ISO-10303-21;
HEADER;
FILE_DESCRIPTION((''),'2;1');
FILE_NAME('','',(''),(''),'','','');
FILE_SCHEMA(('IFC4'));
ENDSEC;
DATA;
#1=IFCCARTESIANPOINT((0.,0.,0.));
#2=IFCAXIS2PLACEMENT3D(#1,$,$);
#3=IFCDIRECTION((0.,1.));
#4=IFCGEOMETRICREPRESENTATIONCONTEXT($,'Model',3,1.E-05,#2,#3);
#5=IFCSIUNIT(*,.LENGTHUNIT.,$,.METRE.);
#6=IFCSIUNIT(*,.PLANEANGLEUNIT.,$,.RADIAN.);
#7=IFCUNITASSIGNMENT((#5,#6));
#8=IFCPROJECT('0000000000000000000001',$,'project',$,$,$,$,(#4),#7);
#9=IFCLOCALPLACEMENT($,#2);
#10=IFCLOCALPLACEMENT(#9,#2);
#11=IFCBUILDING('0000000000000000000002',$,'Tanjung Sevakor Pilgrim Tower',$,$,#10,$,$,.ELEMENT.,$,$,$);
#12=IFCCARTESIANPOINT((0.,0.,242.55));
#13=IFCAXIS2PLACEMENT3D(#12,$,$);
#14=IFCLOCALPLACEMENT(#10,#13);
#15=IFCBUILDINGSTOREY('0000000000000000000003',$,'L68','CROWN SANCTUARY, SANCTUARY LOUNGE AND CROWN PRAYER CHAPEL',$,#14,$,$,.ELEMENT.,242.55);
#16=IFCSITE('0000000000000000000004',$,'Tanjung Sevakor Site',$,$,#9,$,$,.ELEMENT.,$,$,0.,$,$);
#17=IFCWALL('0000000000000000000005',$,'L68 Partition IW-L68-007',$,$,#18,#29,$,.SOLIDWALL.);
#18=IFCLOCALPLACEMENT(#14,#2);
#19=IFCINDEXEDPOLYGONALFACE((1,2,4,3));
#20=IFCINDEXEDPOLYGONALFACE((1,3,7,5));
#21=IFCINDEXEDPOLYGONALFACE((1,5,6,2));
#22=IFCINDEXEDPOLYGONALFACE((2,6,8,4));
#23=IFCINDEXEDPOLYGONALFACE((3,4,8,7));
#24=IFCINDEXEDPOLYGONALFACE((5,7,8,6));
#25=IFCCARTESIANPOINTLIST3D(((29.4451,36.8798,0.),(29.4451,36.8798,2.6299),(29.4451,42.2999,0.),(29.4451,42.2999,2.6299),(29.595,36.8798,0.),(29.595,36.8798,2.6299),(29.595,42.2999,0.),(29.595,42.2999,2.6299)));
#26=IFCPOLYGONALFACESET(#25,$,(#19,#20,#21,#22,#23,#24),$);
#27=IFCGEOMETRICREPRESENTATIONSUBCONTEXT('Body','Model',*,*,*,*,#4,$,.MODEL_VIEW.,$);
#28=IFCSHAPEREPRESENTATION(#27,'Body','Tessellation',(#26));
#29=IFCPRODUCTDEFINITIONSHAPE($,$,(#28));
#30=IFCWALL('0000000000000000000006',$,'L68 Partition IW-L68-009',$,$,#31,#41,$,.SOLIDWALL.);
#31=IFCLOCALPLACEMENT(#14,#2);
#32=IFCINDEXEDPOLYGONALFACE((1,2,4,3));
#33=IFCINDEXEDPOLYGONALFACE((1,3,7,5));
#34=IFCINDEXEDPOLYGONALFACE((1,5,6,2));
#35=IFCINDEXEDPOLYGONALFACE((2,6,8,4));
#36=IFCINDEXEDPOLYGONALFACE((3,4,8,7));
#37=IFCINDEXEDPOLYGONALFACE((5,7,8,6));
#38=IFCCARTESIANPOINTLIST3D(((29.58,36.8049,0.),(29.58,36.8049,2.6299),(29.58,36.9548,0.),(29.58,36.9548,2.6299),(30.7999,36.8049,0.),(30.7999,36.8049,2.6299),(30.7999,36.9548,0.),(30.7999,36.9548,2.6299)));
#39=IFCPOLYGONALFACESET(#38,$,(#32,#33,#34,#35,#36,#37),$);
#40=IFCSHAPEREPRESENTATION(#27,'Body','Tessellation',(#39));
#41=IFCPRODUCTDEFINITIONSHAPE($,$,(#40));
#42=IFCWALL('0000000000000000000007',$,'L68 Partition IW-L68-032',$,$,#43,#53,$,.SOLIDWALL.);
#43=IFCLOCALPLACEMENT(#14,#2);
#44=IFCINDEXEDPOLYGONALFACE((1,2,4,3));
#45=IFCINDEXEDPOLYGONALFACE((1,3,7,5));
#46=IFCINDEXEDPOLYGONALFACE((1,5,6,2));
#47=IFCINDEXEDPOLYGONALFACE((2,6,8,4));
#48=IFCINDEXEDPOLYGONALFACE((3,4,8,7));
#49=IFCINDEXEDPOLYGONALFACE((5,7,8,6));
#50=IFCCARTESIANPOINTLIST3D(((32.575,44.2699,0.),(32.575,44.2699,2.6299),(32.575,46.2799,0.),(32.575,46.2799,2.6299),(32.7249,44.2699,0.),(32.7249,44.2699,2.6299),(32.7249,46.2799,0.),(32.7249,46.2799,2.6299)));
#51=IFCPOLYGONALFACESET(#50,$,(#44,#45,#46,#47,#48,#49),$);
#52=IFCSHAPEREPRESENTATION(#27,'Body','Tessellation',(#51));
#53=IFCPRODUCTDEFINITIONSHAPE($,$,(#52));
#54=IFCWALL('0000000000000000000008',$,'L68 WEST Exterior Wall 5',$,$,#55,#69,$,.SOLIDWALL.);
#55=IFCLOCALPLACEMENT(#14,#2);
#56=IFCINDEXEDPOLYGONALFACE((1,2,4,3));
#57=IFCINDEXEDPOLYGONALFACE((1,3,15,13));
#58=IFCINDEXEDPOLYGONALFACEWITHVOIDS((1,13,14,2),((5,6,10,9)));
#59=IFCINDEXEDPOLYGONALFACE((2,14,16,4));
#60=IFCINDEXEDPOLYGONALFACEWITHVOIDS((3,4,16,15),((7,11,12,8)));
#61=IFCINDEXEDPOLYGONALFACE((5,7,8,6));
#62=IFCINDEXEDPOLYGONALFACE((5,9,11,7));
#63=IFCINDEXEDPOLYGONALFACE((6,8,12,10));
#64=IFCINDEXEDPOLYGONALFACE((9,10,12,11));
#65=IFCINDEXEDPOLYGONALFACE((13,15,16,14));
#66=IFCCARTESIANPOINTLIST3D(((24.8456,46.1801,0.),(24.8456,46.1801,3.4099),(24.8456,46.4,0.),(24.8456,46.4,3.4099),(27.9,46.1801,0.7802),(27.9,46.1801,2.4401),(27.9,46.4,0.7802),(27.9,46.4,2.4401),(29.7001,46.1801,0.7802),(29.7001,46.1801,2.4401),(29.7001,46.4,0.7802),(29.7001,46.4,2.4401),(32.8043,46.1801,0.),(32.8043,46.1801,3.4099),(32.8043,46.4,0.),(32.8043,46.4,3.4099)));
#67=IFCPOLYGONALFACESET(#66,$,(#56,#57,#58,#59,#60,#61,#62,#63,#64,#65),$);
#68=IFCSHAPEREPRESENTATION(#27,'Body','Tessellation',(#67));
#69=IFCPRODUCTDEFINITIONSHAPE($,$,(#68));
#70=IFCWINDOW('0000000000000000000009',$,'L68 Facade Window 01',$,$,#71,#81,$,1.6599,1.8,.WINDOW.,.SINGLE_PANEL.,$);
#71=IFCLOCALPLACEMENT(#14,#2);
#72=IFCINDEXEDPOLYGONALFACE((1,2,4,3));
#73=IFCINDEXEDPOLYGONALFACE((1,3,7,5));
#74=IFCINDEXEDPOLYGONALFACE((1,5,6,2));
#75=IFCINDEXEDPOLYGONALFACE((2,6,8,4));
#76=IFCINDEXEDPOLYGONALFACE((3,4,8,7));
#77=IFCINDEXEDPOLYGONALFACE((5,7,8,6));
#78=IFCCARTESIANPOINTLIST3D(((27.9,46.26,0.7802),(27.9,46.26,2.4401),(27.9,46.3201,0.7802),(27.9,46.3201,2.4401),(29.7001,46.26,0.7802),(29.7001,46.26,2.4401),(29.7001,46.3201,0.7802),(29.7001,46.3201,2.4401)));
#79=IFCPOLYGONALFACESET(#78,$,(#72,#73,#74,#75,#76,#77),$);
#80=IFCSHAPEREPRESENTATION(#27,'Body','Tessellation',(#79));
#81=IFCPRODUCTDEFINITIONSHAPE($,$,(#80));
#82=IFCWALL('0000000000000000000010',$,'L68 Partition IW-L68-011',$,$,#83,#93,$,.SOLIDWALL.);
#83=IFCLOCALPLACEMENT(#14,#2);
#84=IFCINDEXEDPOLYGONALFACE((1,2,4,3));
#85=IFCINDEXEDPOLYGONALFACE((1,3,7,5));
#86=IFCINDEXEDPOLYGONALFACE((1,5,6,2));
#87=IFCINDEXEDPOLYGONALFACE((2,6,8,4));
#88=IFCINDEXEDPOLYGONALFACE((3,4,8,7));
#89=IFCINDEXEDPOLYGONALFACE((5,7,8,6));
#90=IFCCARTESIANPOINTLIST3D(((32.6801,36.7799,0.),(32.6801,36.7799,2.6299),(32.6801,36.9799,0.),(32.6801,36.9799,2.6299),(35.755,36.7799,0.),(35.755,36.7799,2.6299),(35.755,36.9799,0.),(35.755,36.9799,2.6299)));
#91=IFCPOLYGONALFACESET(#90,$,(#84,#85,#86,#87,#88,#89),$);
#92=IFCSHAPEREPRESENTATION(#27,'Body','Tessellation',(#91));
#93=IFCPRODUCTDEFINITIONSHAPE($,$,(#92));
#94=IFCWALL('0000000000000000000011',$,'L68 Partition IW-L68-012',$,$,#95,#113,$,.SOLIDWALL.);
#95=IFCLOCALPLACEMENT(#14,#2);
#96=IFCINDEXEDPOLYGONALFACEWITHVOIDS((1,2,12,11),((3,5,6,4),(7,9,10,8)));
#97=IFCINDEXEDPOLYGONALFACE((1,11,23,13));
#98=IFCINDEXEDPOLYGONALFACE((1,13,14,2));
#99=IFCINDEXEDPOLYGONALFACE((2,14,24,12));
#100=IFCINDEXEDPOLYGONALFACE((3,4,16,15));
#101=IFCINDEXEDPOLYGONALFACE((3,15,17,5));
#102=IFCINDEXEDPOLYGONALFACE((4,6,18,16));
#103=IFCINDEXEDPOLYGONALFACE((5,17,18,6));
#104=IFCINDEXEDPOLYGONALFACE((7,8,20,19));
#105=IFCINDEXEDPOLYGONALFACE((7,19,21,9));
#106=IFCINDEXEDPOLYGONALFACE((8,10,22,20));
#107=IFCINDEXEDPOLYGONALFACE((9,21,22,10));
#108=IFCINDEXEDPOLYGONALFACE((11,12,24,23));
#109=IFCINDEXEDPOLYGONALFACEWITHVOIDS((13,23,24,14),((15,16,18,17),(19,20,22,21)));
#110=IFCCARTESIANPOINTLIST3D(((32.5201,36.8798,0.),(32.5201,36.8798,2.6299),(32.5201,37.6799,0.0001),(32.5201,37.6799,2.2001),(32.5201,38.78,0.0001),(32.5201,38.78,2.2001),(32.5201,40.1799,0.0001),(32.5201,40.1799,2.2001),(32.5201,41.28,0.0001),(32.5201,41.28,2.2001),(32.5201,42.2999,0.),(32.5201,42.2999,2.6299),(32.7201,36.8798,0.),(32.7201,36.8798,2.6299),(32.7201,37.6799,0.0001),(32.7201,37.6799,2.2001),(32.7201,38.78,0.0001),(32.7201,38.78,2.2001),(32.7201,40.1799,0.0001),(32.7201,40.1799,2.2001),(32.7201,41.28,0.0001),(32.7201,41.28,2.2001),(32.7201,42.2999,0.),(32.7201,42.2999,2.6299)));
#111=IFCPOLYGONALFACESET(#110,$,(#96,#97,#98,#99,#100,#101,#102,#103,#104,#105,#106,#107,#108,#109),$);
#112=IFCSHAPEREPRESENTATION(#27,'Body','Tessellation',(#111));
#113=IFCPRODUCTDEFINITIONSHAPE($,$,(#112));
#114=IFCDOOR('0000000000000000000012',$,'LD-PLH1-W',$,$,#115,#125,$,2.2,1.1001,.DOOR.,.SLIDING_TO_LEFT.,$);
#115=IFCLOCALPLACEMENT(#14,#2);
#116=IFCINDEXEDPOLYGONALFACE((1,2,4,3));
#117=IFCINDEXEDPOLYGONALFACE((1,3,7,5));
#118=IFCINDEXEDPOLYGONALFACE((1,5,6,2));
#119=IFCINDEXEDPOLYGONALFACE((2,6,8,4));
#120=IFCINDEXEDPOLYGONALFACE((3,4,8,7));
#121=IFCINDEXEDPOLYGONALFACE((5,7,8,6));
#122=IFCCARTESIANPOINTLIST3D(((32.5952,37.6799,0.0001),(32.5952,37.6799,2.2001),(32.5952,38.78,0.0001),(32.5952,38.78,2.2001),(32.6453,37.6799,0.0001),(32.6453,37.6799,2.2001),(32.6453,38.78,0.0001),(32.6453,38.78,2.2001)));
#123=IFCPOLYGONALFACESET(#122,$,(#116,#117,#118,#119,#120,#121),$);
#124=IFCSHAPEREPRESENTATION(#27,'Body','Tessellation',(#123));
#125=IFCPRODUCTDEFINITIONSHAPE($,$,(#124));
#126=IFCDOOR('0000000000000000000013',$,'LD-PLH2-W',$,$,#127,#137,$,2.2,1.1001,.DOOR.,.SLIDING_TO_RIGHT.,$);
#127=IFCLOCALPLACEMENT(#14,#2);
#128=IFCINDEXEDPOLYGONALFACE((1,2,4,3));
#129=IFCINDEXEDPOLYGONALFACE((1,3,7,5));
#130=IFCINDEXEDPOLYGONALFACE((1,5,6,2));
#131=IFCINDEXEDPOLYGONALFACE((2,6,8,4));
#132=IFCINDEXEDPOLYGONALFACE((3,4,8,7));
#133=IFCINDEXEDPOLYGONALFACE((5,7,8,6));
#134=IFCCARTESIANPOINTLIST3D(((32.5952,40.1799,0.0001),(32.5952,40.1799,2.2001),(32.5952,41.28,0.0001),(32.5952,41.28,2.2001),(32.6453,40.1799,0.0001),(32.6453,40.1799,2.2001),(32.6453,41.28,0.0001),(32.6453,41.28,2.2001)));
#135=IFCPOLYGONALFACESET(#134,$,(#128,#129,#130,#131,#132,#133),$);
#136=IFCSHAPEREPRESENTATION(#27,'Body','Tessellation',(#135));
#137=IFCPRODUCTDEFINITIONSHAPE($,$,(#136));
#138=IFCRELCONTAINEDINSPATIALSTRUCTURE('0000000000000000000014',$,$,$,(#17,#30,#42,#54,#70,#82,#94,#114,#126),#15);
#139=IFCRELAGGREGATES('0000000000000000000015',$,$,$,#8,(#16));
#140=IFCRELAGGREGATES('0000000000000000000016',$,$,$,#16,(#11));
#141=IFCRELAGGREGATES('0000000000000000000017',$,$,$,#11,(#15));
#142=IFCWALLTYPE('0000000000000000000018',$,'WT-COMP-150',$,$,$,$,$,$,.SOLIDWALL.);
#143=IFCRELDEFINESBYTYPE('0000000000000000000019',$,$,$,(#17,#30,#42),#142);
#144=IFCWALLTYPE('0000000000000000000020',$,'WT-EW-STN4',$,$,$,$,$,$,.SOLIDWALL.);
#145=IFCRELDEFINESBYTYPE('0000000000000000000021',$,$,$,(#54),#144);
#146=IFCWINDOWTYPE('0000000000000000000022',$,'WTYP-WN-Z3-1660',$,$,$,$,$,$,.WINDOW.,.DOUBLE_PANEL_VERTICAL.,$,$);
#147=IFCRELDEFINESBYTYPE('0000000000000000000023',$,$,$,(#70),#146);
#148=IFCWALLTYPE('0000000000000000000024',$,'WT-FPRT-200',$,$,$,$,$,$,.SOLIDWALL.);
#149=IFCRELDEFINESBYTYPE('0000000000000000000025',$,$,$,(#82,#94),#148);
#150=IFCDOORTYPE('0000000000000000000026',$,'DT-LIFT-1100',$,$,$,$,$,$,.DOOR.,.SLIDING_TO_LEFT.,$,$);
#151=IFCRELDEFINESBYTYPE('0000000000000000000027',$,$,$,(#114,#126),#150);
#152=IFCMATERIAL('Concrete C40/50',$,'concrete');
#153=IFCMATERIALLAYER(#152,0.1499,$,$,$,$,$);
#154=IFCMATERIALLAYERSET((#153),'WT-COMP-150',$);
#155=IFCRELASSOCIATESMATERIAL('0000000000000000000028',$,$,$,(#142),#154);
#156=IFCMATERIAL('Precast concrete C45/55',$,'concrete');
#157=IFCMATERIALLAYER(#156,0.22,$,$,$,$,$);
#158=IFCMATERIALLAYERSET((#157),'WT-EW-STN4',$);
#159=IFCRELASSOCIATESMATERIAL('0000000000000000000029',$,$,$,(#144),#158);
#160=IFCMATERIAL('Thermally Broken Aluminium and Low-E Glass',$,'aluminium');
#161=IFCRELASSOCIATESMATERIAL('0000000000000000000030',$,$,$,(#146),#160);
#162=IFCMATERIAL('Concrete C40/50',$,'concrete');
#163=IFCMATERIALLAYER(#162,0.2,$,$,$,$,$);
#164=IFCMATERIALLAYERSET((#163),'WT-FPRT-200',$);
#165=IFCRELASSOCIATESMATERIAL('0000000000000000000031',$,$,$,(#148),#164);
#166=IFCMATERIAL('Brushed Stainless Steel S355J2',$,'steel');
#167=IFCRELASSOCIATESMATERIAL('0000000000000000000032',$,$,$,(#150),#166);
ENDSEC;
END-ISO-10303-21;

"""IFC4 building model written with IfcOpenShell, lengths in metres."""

from ifc_helpers import new_model, si_unit, direction, frame, frame_2d, origin, place, context, subcontext, project, spatial, rectangle, extrude, material, layer, layer_set, type_object, element, fill, save


model = new_model("IFC4")

# Units and contexts
model_context = context("Model", 3, precision=1e-05, world=origin(), true_north=direction((0.0, 1.0)))
body_context = subcontext(model_context, "Body", "Model", "MODEL_VIEW")
ifc_project = project(units=[si_unit("LENGTHUNIT", "METRE"), si_unit("PLANEANGLEUNIT", "RADIAN")], contexts=[model_context])

# Site, building, storey
site_placement = place(None, origin())
site = spatial("IfcSite", under=ifc_project, at=site_placement, Name="Tanjung Sevakor Site", CompositionType="ELEMENT", RefElevation=0.0)
building_placement = place(site_placement, origin())
building = spatial("IfcBuilding", under=site, at=building_placement, Name="Tanjung Sevakor Pilgrim Tower", CompositionType="ELEMENT")
storey_placement = place(building_placement, frame((0.0, 0.0, 242.55)))
storey = spatial("IfcBuildingStorey", under=building, at=storey_placement, Name="L68", Description="CROWN SANCTUARY, SANCTUARY LOUNGE AND CROWN PRAYER CHAPEL", CompositionType="ELEMENT", Elevation=242.55)

# Walls
ifc_material_1 = material(Name="Concrete C40/50", Category="concrete")
ifc_layer_1 = layer(ifc_material_1, 0.1499)
ifc_layer_set_1 = layer_set([ifc_layer_1], Name="WT-COMP-150")
wall_type_1 = type_object("IfcWallType", Name="WT-COMP-150", PredefinedType="SOLIDWALL", material=ifc_layer_set_1)
wall_1_placement = place(storey_placement, frame((29.52, 36.8799, 0.0), z_axis=(0.0, 0.0, 1.0), x_axis=(0.0, 1.0, 0.0)))
element("IfcWall", 1, at=wall_1_placement, inside=storey, type_object=wall_type_1, Name="L68 Partition IW-L68-007", PredefinedType="SOLIDWALL", context=body_context, shape_type="SweptSolid", body=[
    extrude(rectangle(XDim=5.4202, YDim=0.1499, at=frame_2d((2.71, 0.0))), origin(), (0.0, 0.0, 1.0), 2.6299),
])
wall_2_placement = place(storey_placement, frame((29.5801, 36.8799, 0.0), z_axis=(0.0, 0.0, 1.0), x_axis=(1.0, 0.0, 0.0)))
element("IfcWall", 2, at=wall_2_placement, inside=storey, type_object=wall_type_1, Name="L68 Partition IW-L68-009", PredefinedType="SOLIDWALL", context=body_context, shape_type="SweptSolid", body=[
    extrude(rectangle(XDim=1.22, YDim=0.1499, at=frame_2d((0.6099, 0.0))), origin(), (0.0, 0.0, 1.0), 2.6299),
])

# Wall
wall_3_placement = place(storey_placement, frame((32.6499, 44.27, 0.0), z_axis=(0.0, 0.0, 1.0), x_axis=(0.0, 1.0, 0.0)))
element("IfcWall", 3, at=wall_3_placement, inside=storey, type_object=wall_type_1, Name="L68 Partition IW-L68-032", PredefinedType="SOLIDWALL", context=body_context, shape_type="SweptSolid", body=[
    extrude(rectangle(XDim=2.01, YDim=0.1499, at=frame_2d((1.0049, 0.0))), origin(), (0.0, 0.0, 1.0), 2.6299),
])

# Wall, opening, window
ifc_material_2 = material(Name="Precast concrete C45/55", Category="concrete")
ifc_layer_2 = layer(ifc_material_2, 0.22)
ifc_layer_set_2 = layer_set([ifc_layer_2], Name="WT-EW-STN4")
wall_type_2 = type_object("IfcWallType", Name="WT-EW-STN4", PredefinedType="SOLIDWALL", material=ifc_layer_set_2)
wall_4_placement = place(storey_placement, frame((32.8044, 46.29, 0.0), z_axis=(0.0, 0.0, 1.0), x_axis=(-1.0, 0.0, 0.0)))
wall_4 = element("IfcWall", 4, at=wall_4_placement, inside=storey, type_object=wall_type_2, Name="L68 WEST Exterior Wall 5", PredefinedType="SOLIDWALL", context=body_context, shape_type="SweptSolid", body=[
    extrude(rectangle(XDim=7.9587, YDim=0.22, at=frame_2d((3.9795, 0.0))), origin(), (0.0, 0.0, 1.0), 3.4099),
])
opening_1_placement = place(wall_4_placement, frame((3.1045, 0.0, 0.78)))
opening_1 = element("IfcOpeningElement", 5, at=opening_1_placement, cuts=wall_4, PredefinedType="OPENING", context=body_context, shape_type="SweptSolid", body=[
    extrude(rectangle(XDim=1.8, YDim=1.6599, at=frame_2d((0.8999, 0.8301))), frame((0.0, 0.1199, 0.0), z_axis=(0.0, -1.0, 0.0), x_axis=(1.0, 0.0, 0.0)), (0.0, 0.0, 1.0), 0.24),
])
ifc_material_3 = material(Name="Thermally Broken Aluminium and Low-E Glass", Category="aluminium")
window_type = type_object("IfcWindowType", Name="WTYP-WN-Z3-1660", PartitioningType="DOUBLE_PANEL_VERTICAL", PredefinedType="WINDOW", material=ifc_material_3)
window_placement = place(opening_1_placement, origin())
window = element("IfcWindow", 6, at=window_placement, inside=storey, type_object=window_type, Name="L68 Facade Window 01", OverallHeight=1.6599, OverallWidth=1.8, PartitioningType="SINGLE_PANEL", PredefinedType="WINDOW", context=body_context, shape_type="SweptSolid", body=[
    extrude(rectangle(XDim=1.8, YDim=1.6599, at=frame_2d((0.8999, 0.8301))), frame((0.0, 0.03, 0.0), z_axis=(0.0, -1.0, 0.0), x_axis=(1.0, 0.0, 0.0)), (0.0, 0.0, 1.0), 0.0601),
])
fill(opening_1, window)

# Wall
ifc_material_4 = material(Name="Concrete C40/50", Category="concrete")
ifc_layer_3 = layer(ifc_material_4, 0.2)
ifc_layer_set_3 = layer_set([ifc_layer_3], Name="WT-FPRT-200")
wall_type_3 = type_object("IfcWallType", Name="WT-FPRT-200", PredefinedType="SOLIDWALL", material=ifc_layer_set_3)
wall_5_placement = place(storey_placement, frame((32.6799, 36.8799, 0.0), z_axis=(0.0, 0.0, 1.0), x_axis=(1.0, 0.0, 0.0)))
element("IfcWall", 7, at=wall_5_placement, inside=storey, type_object=wall_type_3, Name="L68 Partition IW-L68-011", PredefinedType="SOLIDWALL", context=body_context, shape_type="SweptSolid", body=[
    extrude(rectangle(XDim=3.075, YDim=0.2, at=frame_2d((1.5376, 0.0))), origin(), (0.0, 0.0, 1.0), 2.6299),
])

# Wall, openings, doors
wall_6_placement = place(storey_placement, frame((32.6201, 36.8799, 0.0), z_axis=(0.0, 0.0, 1.0), x_axis=(0.0, 1.0, 0.0)))
wall_6 = element("IfcWall", 8, at=wall_6_placement, inside=storey, type_object=wall_type_3, Name="L68 Partition IW-L68-012", PredefinedType="SOLIDWALL", context=body_context, shape_type="SweptSolid", body=[
    extrude(rectangle(XDim=5.4202, YDim=0.2, at=frame_2d((2.71, 0.0))), origin(), (0.0, 0.0, 1.0), 2.6299),
])
opening_2_placement = place(wall_6_placement, frame((0.8, 0.0, 0.0)))
opening_2 = element("IfcOpeningElement", 9, at=opening_2_placement, cuts=wall_6, PredefinedType="OPENING", context=body_context, shape_type="SweptSolid", body=[
    extrude(rectangle(XDim=1.1001, YDim=2.2, at=frame_2d((0.55, 1.1001))), frame((0.0, 0.1099, 0.0), z_axis=(0.0, -1.0, 0.0), x_axis=(1.0, 0.0, 0.0)), (0.0, 0.0, 1.0), 0.22),
])
opening_3_placement = place(wall_6_placement, frame((3.3, 0.0, 0.0)))
opening_3 = element("IfcOpeningElement", 10, at=opening_3_placement, cuts=wall_6, PredefinedType="OPENING", context=body_context, shape_type="SweptSolid", body=[
    extrude(rectangle(XDim=1.1001, YDim=2.2, at=frame_2d((0.55, 1.1001))), frame((0.0, 0.1099, 0.0), z_axis=(0.0, -1.0, 0.0), x_axis=(1.0, 0.0, 0.0)), (0.0, 0.0, 1.0), 0.22),
])
ifc_material_5 = material(Name="Brushed Stainless Steel S355J2", Category="steel")
door_type_1 = type_object("IfcDoorType", Name="DT-LIFT-1100", OperationType="SLIDING_TO_LEFT", PredefinedType="DOOR", material=ifc_material_5)
door_1_placement = place(opening_2_placement, origin())
door_1 = element("IfcDoor", 11, at=door_1_placement, inside=storey, type_object=door_type_1, Name="LD-PLH1-W", OperationType="SLIDING_TO_LEFT", OverallHeight=2.2, OverallWidth=1.1001, PredefinedType="DOOR", context=body_context, shape_type="SweptSolid", body=[
    extrude(rectangle(XDim=1.1001, YDim=2.2, at=frame_2d((0.55, 1.1001))), frame((0.0, 0.0249, 0.0), z_axis=(0.0, -1.0, 0.0), x_axis=(1.0, 0.0, 0.0)), (0.0, 0.0, 1.0), 0.05),
])
fill(opening_2, door_1)
door_2_placement = place(opening_3_placement, origin())
door_2 = element("IfcDoor", 12, at=door_2_placement, inside=storey, type_object=door_type_1, Name="LD-PLH2-W", OperationType="SLIDING_TO_RIGHT", OverallHeight=2.2, OverallWidth=1.1001, PredefinedType="DOOR", context=body_context, shape_type="SweptSolid", body=[
    extrude(rectangle(XDim=1.1001, YDim=2.2, at=frame_2d((0.55, 1.1001))), frame((0.0, 0.0249, 0.0), z_axis=(0.0, -1.0, 0.0), x_axis=(1.0, 0.0, 0.0)), (0.0, 0.0, 1.0), 0.05),
])
fill(opening_3, door_2)

save(model, "model.ifc")
